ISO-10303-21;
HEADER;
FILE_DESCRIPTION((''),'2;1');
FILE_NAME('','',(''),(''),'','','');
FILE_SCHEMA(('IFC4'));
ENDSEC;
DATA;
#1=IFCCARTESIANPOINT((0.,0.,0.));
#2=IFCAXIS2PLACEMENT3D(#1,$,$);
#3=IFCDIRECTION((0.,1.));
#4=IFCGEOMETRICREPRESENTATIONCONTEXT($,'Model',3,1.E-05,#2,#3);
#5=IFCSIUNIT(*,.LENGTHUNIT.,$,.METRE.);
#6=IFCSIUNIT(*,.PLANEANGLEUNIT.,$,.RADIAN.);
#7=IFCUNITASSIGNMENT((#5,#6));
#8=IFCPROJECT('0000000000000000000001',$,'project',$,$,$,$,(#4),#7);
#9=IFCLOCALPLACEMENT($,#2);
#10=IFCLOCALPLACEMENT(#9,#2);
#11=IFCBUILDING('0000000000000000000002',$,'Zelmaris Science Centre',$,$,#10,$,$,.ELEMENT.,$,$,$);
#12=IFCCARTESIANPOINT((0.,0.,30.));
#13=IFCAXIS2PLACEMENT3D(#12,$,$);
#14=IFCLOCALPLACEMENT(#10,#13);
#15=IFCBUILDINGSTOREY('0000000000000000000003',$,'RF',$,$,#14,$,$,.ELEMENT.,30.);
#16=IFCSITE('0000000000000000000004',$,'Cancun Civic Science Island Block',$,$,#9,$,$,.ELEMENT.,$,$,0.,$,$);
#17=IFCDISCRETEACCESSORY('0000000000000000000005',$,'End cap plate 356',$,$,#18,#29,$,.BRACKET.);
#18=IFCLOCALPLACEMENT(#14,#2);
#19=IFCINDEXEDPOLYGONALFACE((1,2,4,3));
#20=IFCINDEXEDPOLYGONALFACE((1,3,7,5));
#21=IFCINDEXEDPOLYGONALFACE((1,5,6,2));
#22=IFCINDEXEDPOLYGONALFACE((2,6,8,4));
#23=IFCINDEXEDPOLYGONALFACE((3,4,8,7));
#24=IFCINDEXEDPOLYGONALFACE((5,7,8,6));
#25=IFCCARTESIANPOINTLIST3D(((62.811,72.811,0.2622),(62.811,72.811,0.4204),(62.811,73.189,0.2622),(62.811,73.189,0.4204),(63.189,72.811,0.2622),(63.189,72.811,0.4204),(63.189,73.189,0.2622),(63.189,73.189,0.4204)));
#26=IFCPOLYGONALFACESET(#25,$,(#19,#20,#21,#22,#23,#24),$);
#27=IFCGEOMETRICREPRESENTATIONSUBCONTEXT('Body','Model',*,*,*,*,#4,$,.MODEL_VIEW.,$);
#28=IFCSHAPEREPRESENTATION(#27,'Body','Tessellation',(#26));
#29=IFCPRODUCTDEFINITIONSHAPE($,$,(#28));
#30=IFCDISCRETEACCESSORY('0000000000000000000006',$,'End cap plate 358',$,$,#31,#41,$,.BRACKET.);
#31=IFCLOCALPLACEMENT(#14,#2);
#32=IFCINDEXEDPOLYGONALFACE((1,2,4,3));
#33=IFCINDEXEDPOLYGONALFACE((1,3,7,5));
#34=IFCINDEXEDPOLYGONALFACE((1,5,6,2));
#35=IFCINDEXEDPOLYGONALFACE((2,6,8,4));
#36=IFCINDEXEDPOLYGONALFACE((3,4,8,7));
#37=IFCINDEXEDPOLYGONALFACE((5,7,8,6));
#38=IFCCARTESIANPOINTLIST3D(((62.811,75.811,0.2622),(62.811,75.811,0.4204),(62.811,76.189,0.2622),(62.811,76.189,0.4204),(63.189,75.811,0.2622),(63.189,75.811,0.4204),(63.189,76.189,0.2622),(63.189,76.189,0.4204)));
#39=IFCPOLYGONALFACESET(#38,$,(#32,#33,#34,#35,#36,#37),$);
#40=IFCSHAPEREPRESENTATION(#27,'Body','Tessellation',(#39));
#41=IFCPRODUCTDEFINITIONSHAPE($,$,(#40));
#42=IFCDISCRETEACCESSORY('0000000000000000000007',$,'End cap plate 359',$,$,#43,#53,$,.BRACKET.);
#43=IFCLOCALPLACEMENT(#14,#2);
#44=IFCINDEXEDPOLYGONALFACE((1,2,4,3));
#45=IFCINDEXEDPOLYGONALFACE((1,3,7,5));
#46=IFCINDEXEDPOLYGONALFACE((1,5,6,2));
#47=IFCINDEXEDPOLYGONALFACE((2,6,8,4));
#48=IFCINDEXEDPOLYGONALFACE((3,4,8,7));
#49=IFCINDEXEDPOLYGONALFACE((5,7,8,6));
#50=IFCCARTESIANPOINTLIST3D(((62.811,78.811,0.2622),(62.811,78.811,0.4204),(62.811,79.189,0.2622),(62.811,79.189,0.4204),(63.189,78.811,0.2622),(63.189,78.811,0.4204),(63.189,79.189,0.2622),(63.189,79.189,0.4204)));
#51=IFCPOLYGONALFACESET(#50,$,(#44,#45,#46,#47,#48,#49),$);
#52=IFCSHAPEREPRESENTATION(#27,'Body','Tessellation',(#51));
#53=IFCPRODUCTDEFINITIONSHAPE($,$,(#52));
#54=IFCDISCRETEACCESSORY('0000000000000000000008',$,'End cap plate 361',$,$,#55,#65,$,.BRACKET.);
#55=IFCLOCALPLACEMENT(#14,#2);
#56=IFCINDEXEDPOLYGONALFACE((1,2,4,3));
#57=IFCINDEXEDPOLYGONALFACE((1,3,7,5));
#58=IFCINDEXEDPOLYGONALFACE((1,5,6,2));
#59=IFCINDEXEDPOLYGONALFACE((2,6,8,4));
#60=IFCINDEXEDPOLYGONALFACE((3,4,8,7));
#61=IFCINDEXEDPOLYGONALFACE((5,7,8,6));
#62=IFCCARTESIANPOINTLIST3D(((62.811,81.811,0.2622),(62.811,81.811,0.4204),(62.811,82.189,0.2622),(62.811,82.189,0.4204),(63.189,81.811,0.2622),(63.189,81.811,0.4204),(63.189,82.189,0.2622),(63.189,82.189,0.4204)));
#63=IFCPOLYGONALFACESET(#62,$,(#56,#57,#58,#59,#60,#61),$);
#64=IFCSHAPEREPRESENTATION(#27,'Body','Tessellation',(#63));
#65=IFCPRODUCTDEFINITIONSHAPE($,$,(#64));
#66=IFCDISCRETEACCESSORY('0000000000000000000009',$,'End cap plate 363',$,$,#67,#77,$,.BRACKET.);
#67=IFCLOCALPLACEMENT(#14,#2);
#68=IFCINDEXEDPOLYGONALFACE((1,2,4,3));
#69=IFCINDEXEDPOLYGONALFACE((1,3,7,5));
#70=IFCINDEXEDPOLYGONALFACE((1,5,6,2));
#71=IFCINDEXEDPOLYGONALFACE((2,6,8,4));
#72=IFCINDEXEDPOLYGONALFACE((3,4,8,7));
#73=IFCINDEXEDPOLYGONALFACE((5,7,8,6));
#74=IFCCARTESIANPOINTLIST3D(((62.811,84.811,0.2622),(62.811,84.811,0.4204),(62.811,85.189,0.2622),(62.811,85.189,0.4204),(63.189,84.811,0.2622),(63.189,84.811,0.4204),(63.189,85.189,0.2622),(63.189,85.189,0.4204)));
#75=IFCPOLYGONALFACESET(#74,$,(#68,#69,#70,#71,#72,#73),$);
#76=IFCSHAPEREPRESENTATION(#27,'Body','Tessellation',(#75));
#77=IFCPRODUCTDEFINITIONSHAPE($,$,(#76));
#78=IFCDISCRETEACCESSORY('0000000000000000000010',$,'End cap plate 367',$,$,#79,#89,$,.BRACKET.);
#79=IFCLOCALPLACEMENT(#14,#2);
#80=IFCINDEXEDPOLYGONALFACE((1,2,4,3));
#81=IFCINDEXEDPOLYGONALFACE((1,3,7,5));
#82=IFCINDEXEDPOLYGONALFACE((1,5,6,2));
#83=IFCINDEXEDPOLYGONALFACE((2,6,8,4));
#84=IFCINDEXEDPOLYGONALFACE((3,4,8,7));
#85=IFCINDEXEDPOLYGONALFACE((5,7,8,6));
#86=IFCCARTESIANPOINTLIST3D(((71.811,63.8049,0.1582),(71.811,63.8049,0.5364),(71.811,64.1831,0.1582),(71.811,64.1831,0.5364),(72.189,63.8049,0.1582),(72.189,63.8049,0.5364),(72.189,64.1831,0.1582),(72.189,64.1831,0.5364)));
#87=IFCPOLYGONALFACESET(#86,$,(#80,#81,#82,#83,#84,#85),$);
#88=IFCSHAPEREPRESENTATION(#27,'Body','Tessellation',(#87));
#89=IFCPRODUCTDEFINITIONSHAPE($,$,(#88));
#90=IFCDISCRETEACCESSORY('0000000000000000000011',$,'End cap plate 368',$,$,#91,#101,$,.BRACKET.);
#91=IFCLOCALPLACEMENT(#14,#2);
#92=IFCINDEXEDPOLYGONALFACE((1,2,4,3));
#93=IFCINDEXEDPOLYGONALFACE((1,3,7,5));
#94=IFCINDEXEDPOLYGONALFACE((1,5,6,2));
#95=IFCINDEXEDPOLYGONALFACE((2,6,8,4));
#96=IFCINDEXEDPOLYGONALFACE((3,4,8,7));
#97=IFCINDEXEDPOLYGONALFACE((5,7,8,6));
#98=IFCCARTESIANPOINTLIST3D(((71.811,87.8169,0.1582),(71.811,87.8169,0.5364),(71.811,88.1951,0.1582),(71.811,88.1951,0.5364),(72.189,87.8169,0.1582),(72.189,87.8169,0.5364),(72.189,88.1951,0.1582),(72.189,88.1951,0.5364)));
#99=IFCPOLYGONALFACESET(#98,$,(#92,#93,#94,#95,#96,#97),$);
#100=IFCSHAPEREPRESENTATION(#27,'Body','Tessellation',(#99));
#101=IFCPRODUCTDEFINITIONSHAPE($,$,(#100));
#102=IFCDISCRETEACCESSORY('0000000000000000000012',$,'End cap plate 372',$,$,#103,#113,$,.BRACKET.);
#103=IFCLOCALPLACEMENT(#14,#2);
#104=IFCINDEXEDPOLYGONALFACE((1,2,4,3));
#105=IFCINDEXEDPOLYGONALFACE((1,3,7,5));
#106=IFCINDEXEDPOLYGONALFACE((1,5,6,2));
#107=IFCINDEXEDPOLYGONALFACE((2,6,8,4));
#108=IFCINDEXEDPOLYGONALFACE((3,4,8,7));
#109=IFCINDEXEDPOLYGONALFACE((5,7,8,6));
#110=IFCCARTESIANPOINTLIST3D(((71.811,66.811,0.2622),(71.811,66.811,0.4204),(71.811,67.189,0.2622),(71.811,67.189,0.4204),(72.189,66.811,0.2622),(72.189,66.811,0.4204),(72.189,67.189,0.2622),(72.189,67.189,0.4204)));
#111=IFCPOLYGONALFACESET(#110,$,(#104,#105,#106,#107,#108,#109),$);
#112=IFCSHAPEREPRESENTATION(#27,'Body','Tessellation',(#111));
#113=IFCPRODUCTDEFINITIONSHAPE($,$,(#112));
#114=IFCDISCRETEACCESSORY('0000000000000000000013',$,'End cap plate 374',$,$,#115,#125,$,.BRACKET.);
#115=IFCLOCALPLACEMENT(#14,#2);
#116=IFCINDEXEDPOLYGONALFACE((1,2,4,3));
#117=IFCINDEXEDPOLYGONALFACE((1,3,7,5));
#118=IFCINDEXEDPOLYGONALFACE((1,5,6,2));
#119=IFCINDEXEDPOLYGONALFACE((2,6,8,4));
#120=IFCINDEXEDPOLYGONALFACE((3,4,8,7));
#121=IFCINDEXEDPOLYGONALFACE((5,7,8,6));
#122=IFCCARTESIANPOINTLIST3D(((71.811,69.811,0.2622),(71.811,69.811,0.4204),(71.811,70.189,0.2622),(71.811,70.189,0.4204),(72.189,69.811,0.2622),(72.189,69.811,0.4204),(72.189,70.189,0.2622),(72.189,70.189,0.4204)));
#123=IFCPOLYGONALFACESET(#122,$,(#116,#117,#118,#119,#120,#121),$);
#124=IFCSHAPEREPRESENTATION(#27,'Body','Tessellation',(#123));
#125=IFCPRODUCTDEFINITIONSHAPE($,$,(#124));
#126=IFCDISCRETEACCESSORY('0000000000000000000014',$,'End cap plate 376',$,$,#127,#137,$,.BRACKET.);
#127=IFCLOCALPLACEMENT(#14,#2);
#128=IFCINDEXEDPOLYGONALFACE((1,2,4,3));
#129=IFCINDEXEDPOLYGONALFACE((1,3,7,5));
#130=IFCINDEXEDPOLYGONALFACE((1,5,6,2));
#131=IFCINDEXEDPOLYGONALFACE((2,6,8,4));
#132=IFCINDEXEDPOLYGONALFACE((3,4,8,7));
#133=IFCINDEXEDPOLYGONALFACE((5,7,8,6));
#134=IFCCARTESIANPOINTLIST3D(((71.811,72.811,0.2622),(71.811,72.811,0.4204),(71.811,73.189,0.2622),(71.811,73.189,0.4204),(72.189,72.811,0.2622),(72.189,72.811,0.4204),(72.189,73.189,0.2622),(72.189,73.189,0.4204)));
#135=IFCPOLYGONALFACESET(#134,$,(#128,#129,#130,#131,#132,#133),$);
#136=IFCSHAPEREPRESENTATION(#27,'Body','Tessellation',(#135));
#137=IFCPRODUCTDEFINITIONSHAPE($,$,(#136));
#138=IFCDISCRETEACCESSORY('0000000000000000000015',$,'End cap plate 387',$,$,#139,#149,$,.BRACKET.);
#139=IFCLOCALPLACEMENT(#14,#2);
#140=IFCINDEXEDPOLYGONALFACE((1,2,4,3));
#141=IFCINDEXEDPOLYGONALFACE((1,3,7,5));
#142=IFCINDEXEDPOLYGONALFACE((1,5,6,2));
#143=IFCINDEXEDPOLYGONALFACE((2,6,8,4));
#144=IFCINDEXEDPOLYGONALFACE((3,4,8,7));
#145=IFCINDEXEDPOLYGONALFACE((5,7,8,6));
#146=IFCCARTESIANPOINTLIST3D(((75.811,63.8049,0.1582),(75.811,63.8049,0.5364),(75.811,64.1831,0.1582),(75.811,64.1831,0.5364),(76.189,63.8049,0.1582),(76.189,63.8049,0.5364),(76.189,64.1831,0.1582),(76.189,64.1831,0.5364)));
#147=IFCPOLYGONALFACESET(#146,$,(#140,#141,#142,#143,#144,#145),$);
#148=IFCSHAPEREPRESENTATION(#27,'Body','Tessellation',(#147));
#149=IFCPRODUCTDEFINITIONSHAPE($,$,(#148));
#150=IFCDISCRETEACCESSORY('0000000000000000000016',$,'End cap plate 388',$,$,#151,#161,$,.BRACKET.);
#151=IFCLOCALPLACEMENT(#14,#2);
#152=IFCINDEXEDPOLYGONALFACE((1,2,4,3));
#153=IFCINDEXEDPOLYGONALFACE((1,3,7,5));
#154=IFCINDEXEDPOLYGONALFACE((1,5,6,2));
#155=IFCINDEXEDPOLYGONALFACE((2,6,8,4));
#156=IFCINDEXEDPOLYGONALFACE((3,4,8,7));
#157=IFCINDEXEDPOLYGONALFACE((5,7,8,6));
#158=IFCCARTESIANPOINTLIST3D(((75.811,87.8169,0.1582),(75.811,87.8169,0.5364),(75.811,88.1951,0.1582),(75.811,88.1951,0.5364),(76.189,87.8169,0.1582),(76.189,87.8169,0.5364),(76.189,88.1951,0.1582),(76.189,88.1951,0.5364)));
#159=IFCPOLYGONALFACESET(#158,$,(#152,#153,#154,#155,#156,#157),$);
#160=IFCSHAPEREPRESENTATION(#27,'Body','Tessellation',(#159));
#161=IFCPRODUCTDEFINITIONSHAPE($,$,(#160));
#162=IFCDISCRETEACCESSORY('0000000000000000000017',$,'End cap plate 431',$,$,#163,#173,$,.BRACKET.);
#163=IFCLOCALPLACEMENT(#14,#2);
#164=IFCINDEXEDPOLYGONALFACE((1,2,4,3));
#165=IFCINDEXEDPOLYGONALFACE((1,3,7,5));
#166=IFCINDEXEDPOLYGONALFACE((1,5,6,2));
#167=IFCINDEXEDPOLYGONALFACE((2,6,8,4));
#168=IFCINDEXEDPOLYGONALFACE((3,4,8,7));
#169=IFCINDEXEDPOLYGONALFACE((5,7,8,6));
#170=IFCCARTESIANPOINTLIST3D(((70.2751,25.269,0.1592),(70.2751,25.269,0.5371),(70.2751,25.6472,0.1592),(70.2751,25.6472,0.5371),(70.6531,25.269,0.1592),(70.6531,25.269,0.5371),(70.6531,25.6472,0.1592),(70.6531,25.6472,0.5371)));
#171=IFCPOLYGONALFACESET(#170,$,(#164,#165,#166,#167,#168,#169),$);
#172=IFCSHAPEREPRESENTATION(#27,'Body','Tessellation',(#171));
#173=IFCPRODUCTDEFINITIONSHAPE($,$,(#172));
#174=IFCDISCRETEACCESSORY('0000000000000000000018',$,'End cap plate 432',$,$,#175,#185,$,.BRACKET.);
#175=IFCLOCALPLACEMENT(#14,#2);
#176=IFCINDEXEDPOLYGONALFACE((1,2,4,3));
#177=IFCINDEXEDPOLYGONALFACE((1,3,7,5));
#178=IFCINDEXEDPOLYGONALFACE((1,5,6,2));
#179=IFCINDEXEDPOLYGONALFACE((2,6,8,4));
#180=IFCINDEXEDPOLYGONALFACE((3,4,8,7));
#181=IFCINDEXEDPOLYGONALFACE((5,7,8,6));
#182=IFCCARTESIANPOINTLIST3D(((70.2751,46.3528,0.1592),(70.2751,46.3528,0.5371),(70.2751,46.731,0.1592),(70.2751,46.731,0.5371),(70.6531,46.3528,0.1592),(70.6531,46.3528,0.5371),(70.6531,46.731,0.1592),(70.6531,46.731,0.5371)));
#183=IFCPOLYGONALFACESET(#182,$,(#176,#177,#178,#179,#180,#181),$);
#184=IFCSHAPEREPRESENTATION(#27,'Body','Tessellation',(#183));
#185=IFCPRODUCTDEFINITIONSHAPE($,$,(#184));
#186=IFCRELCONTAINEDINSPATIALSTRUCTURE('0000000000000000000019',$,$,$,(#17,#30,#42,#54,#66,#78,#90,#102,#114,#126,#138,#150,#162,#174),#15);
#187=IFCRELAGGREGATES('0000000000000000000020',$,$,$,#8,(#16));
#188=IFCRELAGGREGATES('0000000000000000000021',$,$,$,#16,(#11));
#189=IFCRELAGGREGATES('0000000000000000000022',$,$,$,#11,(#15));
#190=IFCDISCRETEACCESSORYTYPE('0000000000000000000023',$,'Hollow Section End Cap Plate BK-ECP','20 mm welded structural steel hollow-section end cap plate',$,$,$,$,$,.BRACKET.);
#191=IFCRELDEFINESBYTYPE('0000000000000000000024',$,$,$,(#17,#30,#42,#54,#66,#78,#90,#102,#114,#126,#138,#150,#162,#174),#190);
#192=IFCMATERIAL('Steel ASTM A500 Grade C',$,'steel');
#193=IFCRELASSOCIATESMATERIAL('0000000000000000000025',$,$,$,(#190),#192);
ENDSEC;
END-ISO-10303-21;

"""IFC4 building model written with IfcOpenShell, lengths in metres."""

from ifc_helpers import new_model, si_unit, direction, frame, origin, place, context, subcontext, project, spatial, polyline, outline, extrude, material, type_object, element, save


model = new_model("IFC4")

# Units and contexts
model_context = context("Model", 3, precision=1e-05, world=origin(), true_north=direction((0.0, 1.0)))
body_context = subcontext(model_context, "Body", "Model", "MODEL_VIEW")
ifc_project = project(units=[si_unit("LENGTHUNIT", "METRE"), si_unit("PLANEANGLEUNIT", "RADIAN")], contexts=[model_context])

# Site, building, storey
site_placement = place(None, origin())
site = spatial("IfcSite", under=ifc_project, at=site_placement, Name="Cancun Civic Science Island Block", CompositionType="ELEMENT", RefElevation=0.0)
building_placement = place(site_placement, origin())
building = spatial("IfcBuilding", under=site, at=building_placement, Name="Zelmaris Science Centre", CompositionType="ELEMENT")
storey_placement = place(building_placement, frame((0.0, 0.0, 30.0)))
storey = spatial("IfcBuildingStorey", under=building, at=storey_placement, Name="RF", CompositionType="ELEMENT", Elevation=30.0)

# Discrete accessories
ifc_material = material(Name="Steel ASTM A500 Grade C", Category="steel")
discrete_accessory_type = type_object("IfcDiscreteAccessoryType", Name="Hollow Section End Cap Plate BK-ECP", Description="20 mm welded structural steel hollow-section end cap plate", PredefinedType="BRACKET", material=ifc_material)
discrete_accessory_1_placement = place(storey_placement, frame((0.0, 0.0, 0.2622)))
element("IfcDiscreteAccessory", 1, at=discrete_accessory_1_placement, inside=storey, type_object=discrete_accessory_type, Name="End cap plate 356", PredefinedType="BRACKET", context=body_context, shape_type="SweptSolid", body=[
    extrude(outline(polyline([(62.811, 72.811), (63.189, 72.811), (63.189, 73.189), (62.811, 73.189), (62.811, 72.811)])), origin(), (0.0, 0.0, 1.0), 0.1582),
])
discrete_accessory_2_placement = place(storey_placement, frame((0.0, 0.0, 0.2622)))
element("IfcDiscreteAccessory", 2, at=discrete_accessory_2_placement, inside=storey, type_object=discrete_accessory_type, Name="End cap plate 358", PredefinedType="BRACKET", context=body_context, shape_type="SweptSolid", body=[
    extrude(outline(polyline([(62.811, 75.811), (63.189, 75.811), (63.189, 76.189), (62.811, 76.189), (62.811, 75.811)])), origin(), (0.0, 0.0, 1.0), 0.1582),
])
discrete_accessory_3_placement = place(storey_placement, frame((0.0, 0.0, 0.2622)))
element("IfcDiscreteAccessory", 3, at=discrete_accessory_3_placement, inside=storey, type_object=discrete_accessory_type, Name="End cap plate 359", PredefinedType="BRACKET", context=body_context, shape_type="SweptSolid", body=[
    extrude(outline(polyline([(62.811, 78.811), (63.189, 78.811), (63.189, 79.189), (62.811, 79.189), (62.811, 78.811)])), origin(), (0.0, 0.0, 1.0), 0.1582),
])
discrete_accessory_4_placement = place(storey_placement, frame((0.0, 0.0, 0.2622)))
element("IfcDiscreteAccessory", 4, at=discrete_accessory_4_placement, inside=storey, type_object=discrete_accessory_type, Name="End cap plate 361", PredefinedType="BRACKET", context=body_context, shape_type="SweptSolid", body=[
    extrude(outline(polyline([(62.811, 81.811), (63.189, 81.811), (63.189, 82.189), (62.811, 82.189), (62.811, 81.811)])), origin(), (0.0, 0.0, 1.0), 0.1582),
])
discrete_accessory_5_placement = place(storey_placement, frame((0.0, 0.0, 0.2622)))
element("IfcDiscreteAccessory", 5, at=discrete_accessory_5_placement, inside=storey, type_object=discrete_accessory_type, Name="End cap plate 363", PredefinedType="BRACKET", context=body_context, shape_type="SweptSolid", body=[
    extrude(outline(polyline([(62.811, 84.811), (63.189, 84.811), (63.189, 85.189), (62.811, 85.189), (62.811, 84.811)])), origin(), (0.0, 0.0, 1.0), 0.1582),
])
discrete_accessory_6_placement = place(storey_placement, frame((0.0, 0.0, 0.1582)))
element("IfcDiscreteAccessory", 6, at=discrete_accessory_6_placement, inside=storey, type_object=discrete_accessory_type, Name="End cap plate 367", PredefinedType="BRACKET", context=body_context, shape_type="SweptSolid", body=[
    extrude(outline(polyline([(71.811, 63.8049), (72.189, 63.8049), (72.189, 64.1831), (71.811, 64.1831), (71.811, 63.8049)])), origin(), (0.0, 0.0, 1.0), 0.3782),
])
discrete_accessory_7_placement = place(storey_placement, frame((0.0, 0.0, 0.1582)))
element("IfcDiscreteAccessory", 7, at=discrete_accessory_7_placement, inside=storey, type_object=discrete_accessory_type, Name="End cap plate 368", PredefinedType="BRACKET", context=body_context, shape_type="SweptSolid", body=[
    extrude(outline(polyline([(71.811, 87.8169), (72.189, 87.8169), (72.189, 88.1951), (71.811, 88.1951), (71.811, 87.8169)])), origin(), (0.0, 0.0, 1.0), 0.3782),
])
discrete_accessory_8_placement = place(storey_placement, frame((0.0, 0.0, 0.2622)))
element("IfcDiscreteAccessory", 8, at=discrete_accessory_8_placement, inside=storey, type_object=discrete_accessory_type, Name="End cap plate 372", PredefinedType="BRACKET", context=body_context, shape_type="SweptSolid", body=[
    extrude(outline(polyline([(71.811, 66.811), (72.189, 66.811), (72.189, 67.189), (71.811, 67.189), (71.811, 66.811)])), origin(), (0.0, 0.0, 1.0), 0.1582),
])
discrete_accessory_9_placement = place(storey_placement, frame((0.0, 0.0, 0.2622)))
element("IfcDiscreteAccessory", 9, at=discrete_accessory_9_placement, inside=storey, type_object=discrete_accessory_type, Name="End cap plate 374", PredefinedType="BRACKET", context=body_context, shape_type="SweptSolid", body=[
    extrude(outline(polyline([(71.811, 69.811), (72.189, 69.811), (72.189, 70.189), (71.811, 70.189), (71.811, 69.811)])), origin(), (0.0, 0.0, 1.0), 0.1582),
])
discrete_accessory_10_placement = place(storey_placement, frame((0.0, 0.0, 0.2622)))
element("IfcDiscreteAccessory", 10, at=discrete_accessory_10_placement, inside=storey, type_object=discrete_accessory_type, Name="End cap plate 376", PredefinedType="BRACKET", context=body_context, shape_type="SweptSolid", body=[
    extrude(outline(polyline([(71.811, 72.811), (72.189, 72.811), (72.189, 73.189), (71.811, 73.189), (71.811, 72.811)])), origin(), (0.0, 0.0, 1.0), 0.1582),
])
discrete_accessory_11_placement = place(storey_placement, frame((0.0, 0.0, 0.1582)))
element("IfcDiscreteAccessory", 11, at=discrete_accessory_11_placement, inside=storey, type_object=discrete_accessory_type, Name="End cap plate 387", PredefinedType="BRACKET", context=body_context, shape_type="SweptSolid", body=[
    extrude(outline(polyline([(75.811, 63.8049), (76.189, 63.8049), (76.189, 64.1831), (75.811, 64.1831), (75.811, 63.8049)])), origin(), (0.0, 0.0, 1.0), 0.3782),
])
discrete_accessory_12_placement = place(storey_placement, frame((0.0, 0.0, 0.1582)))
element("IfcDiscreteAccessory", 12, at=discrete_accessory_12_placement, inside=storey, type_object=discrete_accessory_type, Name="End cap plate 388", PredefinedType="BRACKET", context=body_context, shape_type="SweptSolid", body=[
    extrude(outline(polyline([(75.811, 87.8169), (76.189, 87.8169), (76.189, 88.1951), (75.811, 88.1951), (75.811, 87.8169)])), origin(), (0.0, 0.0, 1.0), 0.3782),
])
discrete_accessory_13_placement = place(storey_placement, frame((0.0, 0.0, 0.1592)))
element("IfcDiscreteAccessory", 13, at=discrete_accessory_13_placement, inside=storey, type_object=discrete_accessory_type, Name="End cap plate 431", PredefinedType="BRACKET", context=body_context, shape_type="SweptSolid", body=[
    extrude(outline(polyline([(70.2751, 25.269), (70.6531, 25.269), (70.6531, 25.6472), (70.2751, 25.6472), (70.2751, 25.269)])), origin(), (0.0, 0.0, 1.0), 0.3779),
])
discrete_accessory_14_placement = place(storey_placement, frame((0.0, 0.0, 0.1592)))
element("IfcDiscreteAccessory", 14, at=discrete_accessory_14_placement, inside=storey, type_object=discrete_accessory_type, Name="End cap plate 432", PredefinedType="BRACKET", context=body_context, shape_type="SweptSolid", body=[
    extrude(outline(polyline([(70.2751, 46.3528), (70.6531, 46.3528), (70.6531, 46.731), (70.2751, 46.731), (70.2751, 46.3528)])), origin(), (0.0, 0.0, 1.0), 0.3779),
])

save(model, "model.ifc")
